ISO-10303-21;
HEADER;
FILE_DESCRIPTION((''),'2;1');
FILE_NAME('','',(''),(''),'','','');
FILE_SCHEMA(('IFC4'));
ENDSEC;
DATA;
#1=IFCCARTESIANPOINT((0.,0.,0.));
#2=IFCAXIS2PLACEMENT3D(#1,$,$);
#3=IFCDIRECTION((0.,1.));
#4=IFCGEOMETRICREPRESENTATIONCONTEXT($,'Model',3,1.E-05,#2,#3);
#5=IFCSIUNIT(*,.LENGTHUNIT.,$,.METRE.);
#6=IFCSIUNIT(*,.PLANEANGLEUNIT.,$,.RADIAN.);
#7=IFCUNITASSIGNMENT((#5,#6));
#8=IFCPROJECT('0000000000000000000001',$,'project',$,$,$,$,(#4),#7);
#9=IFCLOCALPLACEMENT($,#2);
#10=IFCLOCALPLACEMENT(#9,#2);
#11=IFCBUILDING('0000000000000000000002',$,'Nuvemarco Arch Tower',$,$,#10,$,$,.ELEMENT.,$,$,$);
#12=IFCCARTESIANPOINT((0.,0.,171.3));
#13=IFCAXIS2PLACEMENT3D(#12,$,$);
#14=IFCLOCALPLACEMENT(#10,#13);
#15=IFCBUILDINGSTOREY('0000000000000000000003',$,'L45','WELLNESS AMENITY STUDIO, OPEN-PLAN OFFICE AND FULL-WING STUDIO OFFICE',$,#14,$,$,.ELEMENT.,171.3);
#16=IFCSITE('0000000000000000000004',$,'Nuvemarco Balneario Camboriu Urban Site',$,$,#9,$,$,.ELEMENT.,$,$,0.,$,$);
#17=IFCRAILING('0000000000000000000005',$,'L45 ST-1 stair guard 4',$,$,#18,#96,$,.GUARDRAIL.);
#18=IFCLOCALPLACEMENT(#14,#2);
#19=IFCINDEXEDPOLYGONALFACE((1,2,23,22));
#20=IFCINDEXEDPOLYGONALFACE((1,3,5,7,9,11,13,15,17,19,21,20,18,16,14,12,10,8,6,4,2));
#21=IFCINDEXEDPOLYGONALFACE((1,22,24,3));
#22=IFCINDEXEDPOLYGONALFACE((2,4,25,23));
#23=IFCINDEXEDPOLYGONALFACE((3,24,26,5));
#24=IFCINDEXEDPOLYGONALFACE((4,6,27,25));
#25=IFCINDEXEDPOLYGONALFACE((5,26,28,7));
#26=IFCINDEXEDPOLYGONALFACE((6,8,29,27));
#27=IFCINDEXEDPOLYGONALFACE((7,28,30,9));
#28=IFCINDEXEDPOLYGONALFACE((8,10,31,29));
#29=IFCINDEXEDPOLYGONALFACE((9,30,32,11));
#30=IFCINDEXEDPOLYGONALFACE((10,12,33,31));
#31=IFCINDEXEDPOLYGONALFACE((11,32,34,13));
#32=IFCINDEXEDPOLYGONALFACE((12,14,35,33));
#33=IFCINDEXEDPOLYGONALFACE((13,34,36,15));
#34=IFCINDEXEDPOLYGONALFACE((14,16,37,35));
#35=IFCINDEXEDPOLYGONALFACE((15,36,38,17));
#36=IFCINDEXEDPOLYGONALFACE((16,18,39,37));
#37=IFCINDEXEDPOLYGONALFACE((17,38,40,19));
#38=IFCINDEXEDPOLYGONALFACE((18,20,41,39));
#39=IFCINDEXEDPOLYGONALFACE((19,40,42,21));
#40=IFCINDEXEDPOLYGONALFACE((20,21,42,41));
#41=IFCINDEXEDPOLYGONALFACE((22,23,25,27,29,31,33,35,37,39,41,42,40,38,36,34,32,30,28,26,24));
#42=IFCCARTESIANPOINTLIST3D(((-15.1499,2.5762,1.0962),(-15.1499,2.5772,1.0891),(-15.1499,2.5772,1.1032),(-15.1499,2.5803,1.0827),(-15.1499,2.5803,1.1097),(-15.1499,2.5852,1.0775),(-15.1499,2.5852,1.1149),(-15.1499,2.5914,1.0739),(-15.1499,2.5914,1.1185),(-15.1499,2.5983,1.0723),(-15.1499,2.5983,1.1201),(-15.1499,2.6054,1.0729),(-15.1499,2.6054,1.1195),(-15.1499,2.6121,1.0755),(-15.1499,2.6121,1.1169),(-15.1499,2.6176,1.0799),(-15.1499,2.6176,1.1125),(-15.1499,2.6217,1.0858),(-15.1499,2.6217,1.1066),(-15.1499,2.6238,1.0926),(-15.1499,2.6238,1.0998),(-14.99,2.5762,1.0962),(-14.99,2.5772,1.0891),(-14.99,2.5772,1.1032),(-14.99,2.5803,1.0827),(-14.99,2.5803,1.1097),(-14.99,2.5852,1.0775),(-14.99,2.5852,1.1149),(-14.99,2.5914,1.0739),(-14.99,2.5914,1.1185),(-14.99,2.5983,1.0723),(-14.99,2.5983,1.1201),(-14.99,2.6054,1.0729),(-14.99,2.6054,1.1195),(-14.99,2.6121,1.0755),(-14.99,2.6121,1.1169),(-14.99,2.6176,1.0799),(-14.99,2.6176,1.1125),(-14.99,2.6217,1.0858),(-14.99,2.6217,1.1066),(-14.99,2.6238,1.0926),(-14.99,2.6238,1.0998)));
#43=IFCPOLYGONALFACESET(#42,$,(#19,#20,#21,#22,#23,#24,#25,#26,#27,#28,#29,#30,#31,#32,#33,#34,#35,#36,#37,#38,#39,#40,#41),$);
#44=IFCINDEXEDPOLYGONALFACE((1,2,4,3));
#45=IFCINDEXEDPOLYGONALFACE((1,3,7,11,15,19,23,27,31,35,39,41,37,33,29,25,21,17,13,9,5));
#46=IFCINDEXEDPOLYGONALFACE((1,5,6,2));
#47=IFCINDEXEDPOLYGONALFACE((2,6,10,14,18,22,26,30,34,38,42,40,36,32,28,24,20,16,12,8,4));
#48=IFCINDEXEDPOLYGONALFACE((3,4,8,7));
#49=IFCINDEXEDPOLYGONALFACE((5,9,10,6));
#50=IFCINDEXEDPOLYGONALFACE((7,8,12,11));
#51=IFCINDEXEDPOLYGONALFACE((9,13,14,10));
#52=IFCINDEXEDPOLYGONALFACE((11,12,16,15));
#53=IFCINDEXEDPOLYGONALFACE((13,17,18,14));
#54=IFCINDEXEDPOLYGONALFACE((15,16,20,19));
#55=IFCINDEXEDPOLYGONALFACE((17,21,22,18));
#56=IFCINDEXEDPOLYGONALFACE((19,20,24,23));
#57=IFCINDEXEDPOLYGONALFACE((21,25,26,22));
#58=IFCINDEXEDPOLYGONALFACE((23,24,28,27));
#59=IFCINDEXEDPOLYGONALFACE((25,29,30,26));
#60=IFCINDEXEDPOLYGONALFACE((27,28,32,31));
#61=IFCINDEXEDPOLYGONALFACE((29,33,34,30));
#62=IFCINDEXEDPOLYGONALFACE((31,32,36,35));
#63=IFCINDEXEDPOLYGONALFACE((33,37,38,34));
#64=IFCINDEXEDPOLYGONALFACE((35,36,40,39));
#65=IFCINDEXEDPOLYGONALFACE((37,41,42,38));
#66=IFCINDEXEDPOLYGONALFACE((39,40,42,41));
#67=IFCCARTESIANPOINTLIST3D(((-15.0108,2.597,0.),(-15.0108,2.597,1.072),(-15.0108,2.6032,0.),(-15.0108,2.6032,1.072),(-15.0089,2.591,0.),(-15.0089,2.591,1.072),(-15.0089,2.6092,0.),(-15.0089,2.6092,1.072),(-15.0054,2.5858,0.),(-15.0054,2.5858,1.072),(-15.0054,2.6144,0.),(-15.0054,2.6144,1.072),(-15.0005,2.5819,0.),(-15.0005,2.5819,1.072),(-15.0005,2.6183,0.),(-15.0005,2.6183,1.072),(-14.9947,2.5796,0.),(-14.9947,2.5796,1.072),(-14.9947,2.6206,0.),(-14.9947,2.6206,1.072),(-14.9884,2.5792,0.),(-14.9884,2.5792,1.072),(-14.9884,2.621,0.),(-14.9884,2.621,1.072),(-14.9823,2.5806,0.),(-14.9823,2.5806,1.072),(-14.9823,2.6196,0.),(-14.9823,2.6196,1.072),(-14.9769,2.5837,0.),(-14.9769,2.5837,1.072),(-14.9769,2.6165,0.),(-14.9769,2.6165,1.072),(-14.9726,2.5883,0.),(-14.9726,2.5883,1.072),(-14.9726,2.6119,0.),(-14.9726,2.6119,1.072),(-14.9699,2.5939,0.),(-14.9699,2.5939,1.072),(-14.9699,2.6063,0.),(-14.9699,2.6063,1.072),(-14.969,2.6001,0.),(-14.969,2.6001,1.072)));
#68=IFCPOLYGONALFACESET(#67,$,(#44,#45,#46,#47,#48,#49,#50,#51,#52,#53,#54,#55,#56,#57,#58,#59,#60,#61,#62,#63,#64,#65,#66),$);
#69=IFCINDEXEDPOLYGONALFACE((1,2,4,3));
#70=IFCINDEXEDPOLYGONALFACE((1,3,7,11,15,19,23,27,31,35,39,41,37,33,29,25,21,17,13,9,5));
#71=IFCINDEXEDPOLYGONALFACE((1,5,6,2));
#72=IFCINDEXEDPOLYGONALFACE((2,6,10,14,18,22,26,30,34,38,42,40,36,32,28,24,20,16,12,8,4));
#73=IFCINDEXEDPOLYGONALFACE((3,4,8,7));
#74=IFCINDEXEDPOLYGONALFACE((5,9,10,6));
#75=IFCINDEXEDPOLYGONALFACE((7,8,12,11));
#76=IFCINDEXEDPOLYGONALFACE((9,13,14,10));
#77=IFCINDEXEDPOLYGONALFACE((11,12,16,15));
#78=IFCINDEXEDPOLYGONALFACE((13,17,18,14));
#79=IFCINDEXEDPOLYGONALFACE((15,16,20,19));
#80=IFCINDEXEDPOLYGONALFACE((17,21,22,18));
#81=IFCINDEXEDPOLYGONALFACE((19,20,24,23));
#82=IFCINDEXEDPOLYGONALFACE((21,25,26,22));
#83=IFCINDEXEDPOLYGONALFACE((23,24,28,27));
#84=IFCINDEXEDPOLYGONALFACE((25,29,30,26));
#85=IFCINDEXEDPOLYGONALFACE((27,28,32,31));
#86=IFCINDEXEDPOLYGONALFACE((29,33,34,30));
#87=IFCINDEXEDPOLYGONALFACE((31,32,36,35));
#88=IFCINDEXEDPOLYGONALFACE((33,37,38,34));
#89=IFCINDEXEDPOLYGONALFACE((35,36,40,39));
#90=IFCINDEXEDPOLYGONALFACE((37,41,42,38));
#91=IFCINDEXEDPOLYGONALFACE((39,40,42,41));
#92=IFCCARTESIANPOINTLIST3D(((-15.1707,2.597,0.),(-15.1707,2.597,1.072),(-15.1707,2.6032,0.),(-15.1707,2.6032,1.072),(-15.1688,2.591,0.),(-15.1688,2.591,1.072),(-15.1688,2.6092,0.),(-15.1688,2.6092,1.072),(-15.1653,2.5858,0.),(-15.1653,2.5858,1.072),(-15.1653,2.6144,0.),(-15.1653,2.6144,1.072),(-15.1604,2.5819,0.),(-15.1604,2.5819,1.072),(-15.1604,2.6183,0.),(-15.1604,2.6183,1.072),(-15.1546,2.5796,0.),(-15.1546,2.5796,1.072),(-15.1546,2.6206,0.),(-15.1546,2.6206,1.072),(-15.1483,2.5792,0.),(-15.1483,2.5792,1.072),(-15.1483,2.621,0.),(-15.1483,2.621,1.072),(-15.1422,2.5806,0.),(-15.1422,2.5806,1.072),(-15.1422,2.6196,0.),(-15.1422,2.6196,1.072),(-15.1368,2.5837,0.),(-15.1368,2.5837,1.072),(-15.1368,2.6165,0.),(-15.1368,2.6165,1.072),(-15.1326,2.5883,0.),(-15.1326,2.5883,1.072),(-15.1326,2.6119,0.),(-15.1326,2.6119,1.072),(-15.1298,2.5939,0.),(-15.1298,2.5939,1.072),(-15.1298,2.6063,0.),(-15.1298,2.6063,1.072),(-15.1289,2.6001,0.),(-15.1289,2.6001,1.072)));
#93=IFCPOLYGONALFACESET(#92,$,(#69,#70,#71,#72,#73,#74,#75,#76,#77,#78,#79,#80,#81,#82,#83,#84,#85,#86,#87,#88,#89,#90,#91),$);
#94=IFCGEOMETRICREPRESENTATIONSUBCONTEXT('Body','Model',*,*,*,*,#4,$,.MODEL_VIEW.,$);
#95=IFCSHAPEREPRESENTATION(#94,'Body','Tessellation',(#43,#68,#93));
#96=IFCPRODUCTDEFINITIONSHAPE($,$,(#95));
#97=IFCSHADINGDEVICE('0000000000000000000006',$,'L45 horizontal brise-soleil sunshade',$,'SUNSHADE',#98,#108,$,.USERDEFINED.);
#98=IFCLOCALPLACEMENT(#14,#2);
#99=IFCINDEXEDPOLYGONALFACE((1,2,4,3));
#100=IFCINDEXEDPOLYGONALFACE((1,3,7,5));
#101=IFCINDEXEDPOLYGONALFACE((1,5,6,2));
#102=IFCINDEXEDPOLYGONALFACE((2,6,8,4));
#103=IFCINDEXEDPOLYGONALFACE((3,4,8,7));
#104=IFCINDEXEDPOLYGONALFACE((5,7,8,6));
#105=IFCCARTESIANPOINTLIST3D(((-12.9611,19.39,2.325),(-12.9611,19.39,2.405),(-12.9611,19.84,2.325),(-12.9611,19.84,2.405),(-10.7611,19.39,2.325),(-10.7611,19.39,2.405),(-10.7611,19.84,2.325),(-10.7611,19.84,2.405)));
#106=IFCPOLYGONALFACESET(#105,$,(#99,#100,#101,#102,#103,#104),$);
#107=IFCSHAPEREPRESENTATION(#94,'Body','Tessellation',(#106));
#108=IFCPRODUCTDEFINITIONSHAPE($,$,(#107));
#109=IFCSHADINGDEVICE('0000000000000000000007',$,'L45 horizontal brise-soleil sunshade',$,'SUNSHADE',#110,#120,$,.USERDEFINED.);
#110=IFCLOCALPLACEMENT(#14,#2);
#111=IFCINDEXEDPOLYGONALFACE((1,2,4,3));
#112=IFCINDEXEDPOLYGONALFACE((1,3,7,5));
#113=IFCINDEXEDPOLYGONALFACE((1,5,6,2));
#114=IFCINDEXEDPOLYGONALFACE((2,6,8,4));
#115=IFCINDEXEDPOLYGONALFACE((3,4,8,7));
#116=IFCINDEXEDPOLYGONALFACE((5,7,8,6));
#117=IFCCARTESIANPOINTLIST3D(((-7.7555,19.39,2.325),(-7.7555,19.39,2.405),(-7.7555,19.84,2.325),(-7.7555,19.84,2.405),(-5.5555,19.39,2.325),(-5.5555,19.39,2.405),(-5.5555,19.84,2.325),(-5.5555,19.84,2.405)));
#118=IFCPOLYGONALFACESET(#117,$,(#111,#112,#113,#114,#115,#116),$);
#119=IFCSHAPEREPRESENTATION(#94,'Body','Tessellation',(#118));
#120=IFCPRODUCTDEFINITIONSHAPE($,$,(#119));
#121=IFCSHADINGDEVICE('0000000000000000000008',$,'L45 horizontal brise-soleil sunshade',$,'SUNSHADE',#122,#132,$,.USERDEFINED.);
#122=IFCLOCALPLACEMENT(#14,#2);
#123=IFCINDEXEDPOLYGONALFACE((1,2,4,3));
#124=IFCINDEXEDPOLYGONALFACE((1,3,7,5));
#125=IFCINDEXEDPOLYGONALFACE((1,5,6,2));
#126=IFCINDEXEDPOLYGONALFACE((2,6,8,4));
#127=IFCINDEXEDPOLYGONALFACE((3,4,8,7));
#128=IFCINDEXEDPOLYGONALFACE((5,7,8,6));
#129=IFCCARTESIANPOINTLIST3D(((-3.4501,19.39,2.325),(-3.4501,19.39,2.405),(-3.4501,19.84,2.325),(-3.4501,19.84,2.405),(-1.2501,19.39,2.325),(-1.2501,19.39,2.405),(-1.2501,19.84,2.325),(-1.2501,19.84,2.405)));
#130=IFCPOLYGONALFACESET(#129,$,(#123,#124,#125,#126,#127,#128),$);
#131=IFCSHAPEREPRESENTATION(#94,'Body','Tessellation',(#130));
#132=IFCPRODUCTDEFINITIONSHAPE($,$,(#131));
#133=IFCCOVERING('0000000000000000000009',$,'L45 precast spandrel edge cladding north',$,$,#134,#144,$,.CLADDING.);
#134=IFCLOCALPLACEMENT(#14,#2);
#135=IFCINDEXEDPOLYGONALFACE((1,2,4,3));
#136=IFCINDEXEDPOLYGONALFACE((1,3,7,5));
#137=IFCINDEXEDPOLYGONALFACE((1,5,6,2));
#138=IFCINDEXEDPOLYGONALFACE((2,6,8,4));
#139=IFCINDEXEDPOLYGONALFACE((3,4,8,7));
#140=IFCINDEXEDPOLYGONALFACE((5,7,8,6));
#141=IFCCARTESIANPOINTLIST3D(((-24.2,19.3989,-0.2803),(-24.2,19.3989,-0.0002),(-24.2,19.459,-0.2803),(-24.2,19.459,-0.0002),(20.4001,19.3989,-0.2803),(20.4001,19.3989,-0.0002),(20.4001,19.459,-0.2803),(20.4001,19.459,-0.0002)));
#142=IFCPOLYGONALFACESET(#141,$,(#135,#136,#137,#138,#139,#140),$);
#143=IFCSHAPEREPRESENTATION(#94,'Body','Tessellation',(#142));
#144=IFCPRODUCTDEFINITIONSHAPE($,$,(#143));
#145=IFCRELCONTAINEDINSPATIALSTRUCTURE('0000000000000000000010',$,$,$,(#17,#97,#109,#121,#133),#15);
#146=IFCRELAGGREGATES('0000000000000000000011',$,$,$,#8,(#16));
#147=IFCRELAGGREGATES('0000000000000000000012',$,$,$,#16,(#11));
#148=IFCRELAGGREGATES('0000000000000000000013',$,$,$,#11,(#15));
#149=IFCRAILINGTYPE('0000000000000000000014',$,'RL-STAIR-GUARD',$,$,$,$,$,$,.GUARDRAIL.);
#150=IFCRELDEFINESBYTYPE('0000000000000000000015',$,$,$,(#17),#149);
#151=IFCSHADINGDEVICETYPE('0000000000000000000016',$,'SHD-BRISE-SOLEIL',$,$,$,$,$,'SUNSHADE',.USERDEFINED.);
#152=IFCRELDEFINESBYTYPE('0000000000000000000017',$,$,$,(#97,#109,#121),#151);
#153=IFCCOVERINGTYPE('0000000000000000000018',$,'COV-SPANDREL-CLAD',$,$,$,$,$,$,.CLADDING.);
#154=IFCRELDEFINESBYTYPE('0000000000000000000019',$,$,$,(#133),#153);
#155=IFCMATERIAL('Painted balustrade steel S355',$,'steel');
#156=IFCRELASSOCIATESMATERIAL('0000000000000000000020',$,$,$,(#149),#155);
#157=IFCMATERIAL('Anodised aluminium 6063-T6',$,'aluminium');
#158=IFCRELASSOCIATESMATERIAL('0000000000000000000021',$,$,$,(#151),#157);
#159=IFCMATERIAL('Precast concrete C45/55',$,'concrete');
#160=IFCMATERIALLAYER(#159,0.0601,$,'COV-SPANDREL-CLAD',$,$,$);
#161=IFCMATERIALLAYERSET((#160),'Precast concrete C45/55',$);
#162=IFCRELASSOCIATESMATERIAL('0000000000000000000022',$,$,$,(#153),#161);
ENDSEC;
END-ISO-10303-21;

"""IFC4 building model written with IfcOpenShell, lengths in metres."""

from ifc_helpers import new_model, si_unit, direction, frame, origin, origin_2d, place, context, subcontext, project, spatial, rectangle, circle, extrude, source, transform, mapped, material, layer, layer_set, type_object, type_shapes, element, save


model = new_model("IFC4")

# Units and contexts
model_context = context("Model", 3, precision=1e-05, world=origin(), true_north=direction((0.0, 1.0)))
body_context = subcontext(model_context, "Body", "Model", "MODEL_VIEW")
ifc_project = project(units=[si_unit("LENGTHUNIT", "METRE"), si_unit("PLANEANGLEUNIT", "RADIAN")], contexts=[model_context])

# Site, building, storey
site_placement = place(None, origin())
site = spatial("IfcSite", under=ifc_project, at=site_placement, Name="Nuvemarco Balneario Camboriu Urban Site", CompositionType="ELEMENT", RefElevation=0.0)
building_placement = place(site_placement, origin())
building = spatial("IfcBuilding", under=site, at=building_placement, Name="Nuvemarco Arch Tower", CompositionType="ELEMENT")
storey_placement = place(building_placement, frame((0.0, 0.0, 171.3)))
storey = spatial("IfcBuildingStorey", under=building, at=storey_placement, Name="L45", Description="WELLNESS AMENITY STUDIO, OPEN-PLAN OFFICE AND FULL-WING STUDIO OFFICE", CompositionType="ELEMENT", Elevation=171.3)

# Shared definitions
ifc_material_1 = material(Name="Precast concrete C45/55", Category="concrete")

# Railing
ifc_material_2 = material(Name="Painted balustrade steel S355", Category="steel")
railing_type_1 = type_object("IfcRailingType", Name="RL-STAIR-GUARD", PredefinedType="GUARDRAIL", material=ifc_material_2)
railing_1_placement = place(storey_placement, frame((-14.99, 2.6001, 0.0)))
element("IfcRailing", 1, at=railing_1_placement, inside=storey, type_object=railing_type_1, Name="L45 ST-1 stair guard 4", PredefinedType="GUARDRAIL", context=body_context, shape_type="SweptSolid", body=[
    extrude(circle(Radius=0.0239, at=origin_2d()), frame((0.0, 0.0, 1.0962), z_axis=(-1.0, 0.0, 0.0), x_axis=(0.0, -1.0, 0.0)), (0.0, 0.0, 1.0), 0.1599),
    extrude(circle(Radius=0.021, at=origin_2d()), origin(), (0.0, 0.0, 1.0), 1.072),
    extrude(circle(Radius=0.021, at=origin_2d()), frame((-0.1599, 0.0, 0.0)), (0.0, 0.0, 1.0), 1.072),
])

# Shading devices
ifc_material_3 = material(Name="Anodised aluminium 6063-T6", Category="aluminium")
shading_device_type = type_object("IfcShadingDeviceType", Name="SHD-BRISE-SOLEIL", ElementType="SUNSHADE", PredefinedType="USERDEFINED", material=ifc_material_3)
shared_shape_1 = source(origin(), body_context, "Body", "SweptSolid", [
    extrude(rectangle(XDim=2.2, YDim=0.45, at=origin_2d()), origin(), (0.0, 0.0, 1.0), 0.0801),
])
type_shapes(shading_device_type, [shared_shape_1])
for number, where, z_axis, x_axis, name in (
    (2, (-11.8611, 19.615, 2.325), (0.0, 0.0, 1.0), (1.0, 0.0, 0.0), "L45 horizontal brise-soleil sunshade"),
    (3, (-6.6555, 19.615, 2.325), (0.0, 0.0, 1.0), (1.0, 0.0, 0.0), "L45 horizontal brise-soleil sunshade"),
    (4, (-2.3501, 19.615, 2.325), (0.0, 0.0, 1.0), (1.0, 0.0, 0.0), "L45 horizontal brise-soleil sunshade"),
):
    element("IfcShadingDevice", number, at=place(storey_placement, frame(where, z_axis=z_axis, x_axis=x_axis)), inside=storey, type_object=shading_device_type, Name=name, ObjectType="SUNSHADE", PredefinedType="USERDEFINED", context=body_context, shape_type="MappedRepresentation", body=[
        mapped(shared_shape_1, transform((0.0, 0.0, 0.0), scale=1.0)),
    ])

# Covering
ifc_layer_1 = layer(ifc_material_1, 0.0601, Name="COV-SPANDREL-CLAD")
ifc_layer_set_1 = layer_set([ifc_layer_1], Name="Precast concrete C45/55")
covering_type = type_object("IfcCoveringType", Name="COV-SPANDREL-CLAD", PredefinedType="CLADDING", material=ifc_layer_set_1)
shared_shape_2 = source(origin(), body_context, "Body", "SweptSolid", [
    extrude(rectangle(XDim=44.6001, YDim=0.0601, at=origin_2d()), origin(), (0.0, 0.0, 1.0), 0.28),
])
type_shapes(covering_type, [shared_shape_2])
covering_placement = place(storey_placement, frame((-1.8999, 19.429, -0.2803), z_axis=(0.0, 0.0, 1.0), x_axis=(1.0, 0.0, 0.0)))
element("IfcCovering", 5, at=covering_placement, inside=storey, type_object=covering_type, Name="L45 precast spandrel edge cladding north", PredefinedType="CLADDING", context=body_context, shape_type="MappedRepresentation", body=[
    mapped(shared_shape_2, transform((0.0, 0.0, 0.0), scale=1.0)),
])

save(model, "model.ifc")
